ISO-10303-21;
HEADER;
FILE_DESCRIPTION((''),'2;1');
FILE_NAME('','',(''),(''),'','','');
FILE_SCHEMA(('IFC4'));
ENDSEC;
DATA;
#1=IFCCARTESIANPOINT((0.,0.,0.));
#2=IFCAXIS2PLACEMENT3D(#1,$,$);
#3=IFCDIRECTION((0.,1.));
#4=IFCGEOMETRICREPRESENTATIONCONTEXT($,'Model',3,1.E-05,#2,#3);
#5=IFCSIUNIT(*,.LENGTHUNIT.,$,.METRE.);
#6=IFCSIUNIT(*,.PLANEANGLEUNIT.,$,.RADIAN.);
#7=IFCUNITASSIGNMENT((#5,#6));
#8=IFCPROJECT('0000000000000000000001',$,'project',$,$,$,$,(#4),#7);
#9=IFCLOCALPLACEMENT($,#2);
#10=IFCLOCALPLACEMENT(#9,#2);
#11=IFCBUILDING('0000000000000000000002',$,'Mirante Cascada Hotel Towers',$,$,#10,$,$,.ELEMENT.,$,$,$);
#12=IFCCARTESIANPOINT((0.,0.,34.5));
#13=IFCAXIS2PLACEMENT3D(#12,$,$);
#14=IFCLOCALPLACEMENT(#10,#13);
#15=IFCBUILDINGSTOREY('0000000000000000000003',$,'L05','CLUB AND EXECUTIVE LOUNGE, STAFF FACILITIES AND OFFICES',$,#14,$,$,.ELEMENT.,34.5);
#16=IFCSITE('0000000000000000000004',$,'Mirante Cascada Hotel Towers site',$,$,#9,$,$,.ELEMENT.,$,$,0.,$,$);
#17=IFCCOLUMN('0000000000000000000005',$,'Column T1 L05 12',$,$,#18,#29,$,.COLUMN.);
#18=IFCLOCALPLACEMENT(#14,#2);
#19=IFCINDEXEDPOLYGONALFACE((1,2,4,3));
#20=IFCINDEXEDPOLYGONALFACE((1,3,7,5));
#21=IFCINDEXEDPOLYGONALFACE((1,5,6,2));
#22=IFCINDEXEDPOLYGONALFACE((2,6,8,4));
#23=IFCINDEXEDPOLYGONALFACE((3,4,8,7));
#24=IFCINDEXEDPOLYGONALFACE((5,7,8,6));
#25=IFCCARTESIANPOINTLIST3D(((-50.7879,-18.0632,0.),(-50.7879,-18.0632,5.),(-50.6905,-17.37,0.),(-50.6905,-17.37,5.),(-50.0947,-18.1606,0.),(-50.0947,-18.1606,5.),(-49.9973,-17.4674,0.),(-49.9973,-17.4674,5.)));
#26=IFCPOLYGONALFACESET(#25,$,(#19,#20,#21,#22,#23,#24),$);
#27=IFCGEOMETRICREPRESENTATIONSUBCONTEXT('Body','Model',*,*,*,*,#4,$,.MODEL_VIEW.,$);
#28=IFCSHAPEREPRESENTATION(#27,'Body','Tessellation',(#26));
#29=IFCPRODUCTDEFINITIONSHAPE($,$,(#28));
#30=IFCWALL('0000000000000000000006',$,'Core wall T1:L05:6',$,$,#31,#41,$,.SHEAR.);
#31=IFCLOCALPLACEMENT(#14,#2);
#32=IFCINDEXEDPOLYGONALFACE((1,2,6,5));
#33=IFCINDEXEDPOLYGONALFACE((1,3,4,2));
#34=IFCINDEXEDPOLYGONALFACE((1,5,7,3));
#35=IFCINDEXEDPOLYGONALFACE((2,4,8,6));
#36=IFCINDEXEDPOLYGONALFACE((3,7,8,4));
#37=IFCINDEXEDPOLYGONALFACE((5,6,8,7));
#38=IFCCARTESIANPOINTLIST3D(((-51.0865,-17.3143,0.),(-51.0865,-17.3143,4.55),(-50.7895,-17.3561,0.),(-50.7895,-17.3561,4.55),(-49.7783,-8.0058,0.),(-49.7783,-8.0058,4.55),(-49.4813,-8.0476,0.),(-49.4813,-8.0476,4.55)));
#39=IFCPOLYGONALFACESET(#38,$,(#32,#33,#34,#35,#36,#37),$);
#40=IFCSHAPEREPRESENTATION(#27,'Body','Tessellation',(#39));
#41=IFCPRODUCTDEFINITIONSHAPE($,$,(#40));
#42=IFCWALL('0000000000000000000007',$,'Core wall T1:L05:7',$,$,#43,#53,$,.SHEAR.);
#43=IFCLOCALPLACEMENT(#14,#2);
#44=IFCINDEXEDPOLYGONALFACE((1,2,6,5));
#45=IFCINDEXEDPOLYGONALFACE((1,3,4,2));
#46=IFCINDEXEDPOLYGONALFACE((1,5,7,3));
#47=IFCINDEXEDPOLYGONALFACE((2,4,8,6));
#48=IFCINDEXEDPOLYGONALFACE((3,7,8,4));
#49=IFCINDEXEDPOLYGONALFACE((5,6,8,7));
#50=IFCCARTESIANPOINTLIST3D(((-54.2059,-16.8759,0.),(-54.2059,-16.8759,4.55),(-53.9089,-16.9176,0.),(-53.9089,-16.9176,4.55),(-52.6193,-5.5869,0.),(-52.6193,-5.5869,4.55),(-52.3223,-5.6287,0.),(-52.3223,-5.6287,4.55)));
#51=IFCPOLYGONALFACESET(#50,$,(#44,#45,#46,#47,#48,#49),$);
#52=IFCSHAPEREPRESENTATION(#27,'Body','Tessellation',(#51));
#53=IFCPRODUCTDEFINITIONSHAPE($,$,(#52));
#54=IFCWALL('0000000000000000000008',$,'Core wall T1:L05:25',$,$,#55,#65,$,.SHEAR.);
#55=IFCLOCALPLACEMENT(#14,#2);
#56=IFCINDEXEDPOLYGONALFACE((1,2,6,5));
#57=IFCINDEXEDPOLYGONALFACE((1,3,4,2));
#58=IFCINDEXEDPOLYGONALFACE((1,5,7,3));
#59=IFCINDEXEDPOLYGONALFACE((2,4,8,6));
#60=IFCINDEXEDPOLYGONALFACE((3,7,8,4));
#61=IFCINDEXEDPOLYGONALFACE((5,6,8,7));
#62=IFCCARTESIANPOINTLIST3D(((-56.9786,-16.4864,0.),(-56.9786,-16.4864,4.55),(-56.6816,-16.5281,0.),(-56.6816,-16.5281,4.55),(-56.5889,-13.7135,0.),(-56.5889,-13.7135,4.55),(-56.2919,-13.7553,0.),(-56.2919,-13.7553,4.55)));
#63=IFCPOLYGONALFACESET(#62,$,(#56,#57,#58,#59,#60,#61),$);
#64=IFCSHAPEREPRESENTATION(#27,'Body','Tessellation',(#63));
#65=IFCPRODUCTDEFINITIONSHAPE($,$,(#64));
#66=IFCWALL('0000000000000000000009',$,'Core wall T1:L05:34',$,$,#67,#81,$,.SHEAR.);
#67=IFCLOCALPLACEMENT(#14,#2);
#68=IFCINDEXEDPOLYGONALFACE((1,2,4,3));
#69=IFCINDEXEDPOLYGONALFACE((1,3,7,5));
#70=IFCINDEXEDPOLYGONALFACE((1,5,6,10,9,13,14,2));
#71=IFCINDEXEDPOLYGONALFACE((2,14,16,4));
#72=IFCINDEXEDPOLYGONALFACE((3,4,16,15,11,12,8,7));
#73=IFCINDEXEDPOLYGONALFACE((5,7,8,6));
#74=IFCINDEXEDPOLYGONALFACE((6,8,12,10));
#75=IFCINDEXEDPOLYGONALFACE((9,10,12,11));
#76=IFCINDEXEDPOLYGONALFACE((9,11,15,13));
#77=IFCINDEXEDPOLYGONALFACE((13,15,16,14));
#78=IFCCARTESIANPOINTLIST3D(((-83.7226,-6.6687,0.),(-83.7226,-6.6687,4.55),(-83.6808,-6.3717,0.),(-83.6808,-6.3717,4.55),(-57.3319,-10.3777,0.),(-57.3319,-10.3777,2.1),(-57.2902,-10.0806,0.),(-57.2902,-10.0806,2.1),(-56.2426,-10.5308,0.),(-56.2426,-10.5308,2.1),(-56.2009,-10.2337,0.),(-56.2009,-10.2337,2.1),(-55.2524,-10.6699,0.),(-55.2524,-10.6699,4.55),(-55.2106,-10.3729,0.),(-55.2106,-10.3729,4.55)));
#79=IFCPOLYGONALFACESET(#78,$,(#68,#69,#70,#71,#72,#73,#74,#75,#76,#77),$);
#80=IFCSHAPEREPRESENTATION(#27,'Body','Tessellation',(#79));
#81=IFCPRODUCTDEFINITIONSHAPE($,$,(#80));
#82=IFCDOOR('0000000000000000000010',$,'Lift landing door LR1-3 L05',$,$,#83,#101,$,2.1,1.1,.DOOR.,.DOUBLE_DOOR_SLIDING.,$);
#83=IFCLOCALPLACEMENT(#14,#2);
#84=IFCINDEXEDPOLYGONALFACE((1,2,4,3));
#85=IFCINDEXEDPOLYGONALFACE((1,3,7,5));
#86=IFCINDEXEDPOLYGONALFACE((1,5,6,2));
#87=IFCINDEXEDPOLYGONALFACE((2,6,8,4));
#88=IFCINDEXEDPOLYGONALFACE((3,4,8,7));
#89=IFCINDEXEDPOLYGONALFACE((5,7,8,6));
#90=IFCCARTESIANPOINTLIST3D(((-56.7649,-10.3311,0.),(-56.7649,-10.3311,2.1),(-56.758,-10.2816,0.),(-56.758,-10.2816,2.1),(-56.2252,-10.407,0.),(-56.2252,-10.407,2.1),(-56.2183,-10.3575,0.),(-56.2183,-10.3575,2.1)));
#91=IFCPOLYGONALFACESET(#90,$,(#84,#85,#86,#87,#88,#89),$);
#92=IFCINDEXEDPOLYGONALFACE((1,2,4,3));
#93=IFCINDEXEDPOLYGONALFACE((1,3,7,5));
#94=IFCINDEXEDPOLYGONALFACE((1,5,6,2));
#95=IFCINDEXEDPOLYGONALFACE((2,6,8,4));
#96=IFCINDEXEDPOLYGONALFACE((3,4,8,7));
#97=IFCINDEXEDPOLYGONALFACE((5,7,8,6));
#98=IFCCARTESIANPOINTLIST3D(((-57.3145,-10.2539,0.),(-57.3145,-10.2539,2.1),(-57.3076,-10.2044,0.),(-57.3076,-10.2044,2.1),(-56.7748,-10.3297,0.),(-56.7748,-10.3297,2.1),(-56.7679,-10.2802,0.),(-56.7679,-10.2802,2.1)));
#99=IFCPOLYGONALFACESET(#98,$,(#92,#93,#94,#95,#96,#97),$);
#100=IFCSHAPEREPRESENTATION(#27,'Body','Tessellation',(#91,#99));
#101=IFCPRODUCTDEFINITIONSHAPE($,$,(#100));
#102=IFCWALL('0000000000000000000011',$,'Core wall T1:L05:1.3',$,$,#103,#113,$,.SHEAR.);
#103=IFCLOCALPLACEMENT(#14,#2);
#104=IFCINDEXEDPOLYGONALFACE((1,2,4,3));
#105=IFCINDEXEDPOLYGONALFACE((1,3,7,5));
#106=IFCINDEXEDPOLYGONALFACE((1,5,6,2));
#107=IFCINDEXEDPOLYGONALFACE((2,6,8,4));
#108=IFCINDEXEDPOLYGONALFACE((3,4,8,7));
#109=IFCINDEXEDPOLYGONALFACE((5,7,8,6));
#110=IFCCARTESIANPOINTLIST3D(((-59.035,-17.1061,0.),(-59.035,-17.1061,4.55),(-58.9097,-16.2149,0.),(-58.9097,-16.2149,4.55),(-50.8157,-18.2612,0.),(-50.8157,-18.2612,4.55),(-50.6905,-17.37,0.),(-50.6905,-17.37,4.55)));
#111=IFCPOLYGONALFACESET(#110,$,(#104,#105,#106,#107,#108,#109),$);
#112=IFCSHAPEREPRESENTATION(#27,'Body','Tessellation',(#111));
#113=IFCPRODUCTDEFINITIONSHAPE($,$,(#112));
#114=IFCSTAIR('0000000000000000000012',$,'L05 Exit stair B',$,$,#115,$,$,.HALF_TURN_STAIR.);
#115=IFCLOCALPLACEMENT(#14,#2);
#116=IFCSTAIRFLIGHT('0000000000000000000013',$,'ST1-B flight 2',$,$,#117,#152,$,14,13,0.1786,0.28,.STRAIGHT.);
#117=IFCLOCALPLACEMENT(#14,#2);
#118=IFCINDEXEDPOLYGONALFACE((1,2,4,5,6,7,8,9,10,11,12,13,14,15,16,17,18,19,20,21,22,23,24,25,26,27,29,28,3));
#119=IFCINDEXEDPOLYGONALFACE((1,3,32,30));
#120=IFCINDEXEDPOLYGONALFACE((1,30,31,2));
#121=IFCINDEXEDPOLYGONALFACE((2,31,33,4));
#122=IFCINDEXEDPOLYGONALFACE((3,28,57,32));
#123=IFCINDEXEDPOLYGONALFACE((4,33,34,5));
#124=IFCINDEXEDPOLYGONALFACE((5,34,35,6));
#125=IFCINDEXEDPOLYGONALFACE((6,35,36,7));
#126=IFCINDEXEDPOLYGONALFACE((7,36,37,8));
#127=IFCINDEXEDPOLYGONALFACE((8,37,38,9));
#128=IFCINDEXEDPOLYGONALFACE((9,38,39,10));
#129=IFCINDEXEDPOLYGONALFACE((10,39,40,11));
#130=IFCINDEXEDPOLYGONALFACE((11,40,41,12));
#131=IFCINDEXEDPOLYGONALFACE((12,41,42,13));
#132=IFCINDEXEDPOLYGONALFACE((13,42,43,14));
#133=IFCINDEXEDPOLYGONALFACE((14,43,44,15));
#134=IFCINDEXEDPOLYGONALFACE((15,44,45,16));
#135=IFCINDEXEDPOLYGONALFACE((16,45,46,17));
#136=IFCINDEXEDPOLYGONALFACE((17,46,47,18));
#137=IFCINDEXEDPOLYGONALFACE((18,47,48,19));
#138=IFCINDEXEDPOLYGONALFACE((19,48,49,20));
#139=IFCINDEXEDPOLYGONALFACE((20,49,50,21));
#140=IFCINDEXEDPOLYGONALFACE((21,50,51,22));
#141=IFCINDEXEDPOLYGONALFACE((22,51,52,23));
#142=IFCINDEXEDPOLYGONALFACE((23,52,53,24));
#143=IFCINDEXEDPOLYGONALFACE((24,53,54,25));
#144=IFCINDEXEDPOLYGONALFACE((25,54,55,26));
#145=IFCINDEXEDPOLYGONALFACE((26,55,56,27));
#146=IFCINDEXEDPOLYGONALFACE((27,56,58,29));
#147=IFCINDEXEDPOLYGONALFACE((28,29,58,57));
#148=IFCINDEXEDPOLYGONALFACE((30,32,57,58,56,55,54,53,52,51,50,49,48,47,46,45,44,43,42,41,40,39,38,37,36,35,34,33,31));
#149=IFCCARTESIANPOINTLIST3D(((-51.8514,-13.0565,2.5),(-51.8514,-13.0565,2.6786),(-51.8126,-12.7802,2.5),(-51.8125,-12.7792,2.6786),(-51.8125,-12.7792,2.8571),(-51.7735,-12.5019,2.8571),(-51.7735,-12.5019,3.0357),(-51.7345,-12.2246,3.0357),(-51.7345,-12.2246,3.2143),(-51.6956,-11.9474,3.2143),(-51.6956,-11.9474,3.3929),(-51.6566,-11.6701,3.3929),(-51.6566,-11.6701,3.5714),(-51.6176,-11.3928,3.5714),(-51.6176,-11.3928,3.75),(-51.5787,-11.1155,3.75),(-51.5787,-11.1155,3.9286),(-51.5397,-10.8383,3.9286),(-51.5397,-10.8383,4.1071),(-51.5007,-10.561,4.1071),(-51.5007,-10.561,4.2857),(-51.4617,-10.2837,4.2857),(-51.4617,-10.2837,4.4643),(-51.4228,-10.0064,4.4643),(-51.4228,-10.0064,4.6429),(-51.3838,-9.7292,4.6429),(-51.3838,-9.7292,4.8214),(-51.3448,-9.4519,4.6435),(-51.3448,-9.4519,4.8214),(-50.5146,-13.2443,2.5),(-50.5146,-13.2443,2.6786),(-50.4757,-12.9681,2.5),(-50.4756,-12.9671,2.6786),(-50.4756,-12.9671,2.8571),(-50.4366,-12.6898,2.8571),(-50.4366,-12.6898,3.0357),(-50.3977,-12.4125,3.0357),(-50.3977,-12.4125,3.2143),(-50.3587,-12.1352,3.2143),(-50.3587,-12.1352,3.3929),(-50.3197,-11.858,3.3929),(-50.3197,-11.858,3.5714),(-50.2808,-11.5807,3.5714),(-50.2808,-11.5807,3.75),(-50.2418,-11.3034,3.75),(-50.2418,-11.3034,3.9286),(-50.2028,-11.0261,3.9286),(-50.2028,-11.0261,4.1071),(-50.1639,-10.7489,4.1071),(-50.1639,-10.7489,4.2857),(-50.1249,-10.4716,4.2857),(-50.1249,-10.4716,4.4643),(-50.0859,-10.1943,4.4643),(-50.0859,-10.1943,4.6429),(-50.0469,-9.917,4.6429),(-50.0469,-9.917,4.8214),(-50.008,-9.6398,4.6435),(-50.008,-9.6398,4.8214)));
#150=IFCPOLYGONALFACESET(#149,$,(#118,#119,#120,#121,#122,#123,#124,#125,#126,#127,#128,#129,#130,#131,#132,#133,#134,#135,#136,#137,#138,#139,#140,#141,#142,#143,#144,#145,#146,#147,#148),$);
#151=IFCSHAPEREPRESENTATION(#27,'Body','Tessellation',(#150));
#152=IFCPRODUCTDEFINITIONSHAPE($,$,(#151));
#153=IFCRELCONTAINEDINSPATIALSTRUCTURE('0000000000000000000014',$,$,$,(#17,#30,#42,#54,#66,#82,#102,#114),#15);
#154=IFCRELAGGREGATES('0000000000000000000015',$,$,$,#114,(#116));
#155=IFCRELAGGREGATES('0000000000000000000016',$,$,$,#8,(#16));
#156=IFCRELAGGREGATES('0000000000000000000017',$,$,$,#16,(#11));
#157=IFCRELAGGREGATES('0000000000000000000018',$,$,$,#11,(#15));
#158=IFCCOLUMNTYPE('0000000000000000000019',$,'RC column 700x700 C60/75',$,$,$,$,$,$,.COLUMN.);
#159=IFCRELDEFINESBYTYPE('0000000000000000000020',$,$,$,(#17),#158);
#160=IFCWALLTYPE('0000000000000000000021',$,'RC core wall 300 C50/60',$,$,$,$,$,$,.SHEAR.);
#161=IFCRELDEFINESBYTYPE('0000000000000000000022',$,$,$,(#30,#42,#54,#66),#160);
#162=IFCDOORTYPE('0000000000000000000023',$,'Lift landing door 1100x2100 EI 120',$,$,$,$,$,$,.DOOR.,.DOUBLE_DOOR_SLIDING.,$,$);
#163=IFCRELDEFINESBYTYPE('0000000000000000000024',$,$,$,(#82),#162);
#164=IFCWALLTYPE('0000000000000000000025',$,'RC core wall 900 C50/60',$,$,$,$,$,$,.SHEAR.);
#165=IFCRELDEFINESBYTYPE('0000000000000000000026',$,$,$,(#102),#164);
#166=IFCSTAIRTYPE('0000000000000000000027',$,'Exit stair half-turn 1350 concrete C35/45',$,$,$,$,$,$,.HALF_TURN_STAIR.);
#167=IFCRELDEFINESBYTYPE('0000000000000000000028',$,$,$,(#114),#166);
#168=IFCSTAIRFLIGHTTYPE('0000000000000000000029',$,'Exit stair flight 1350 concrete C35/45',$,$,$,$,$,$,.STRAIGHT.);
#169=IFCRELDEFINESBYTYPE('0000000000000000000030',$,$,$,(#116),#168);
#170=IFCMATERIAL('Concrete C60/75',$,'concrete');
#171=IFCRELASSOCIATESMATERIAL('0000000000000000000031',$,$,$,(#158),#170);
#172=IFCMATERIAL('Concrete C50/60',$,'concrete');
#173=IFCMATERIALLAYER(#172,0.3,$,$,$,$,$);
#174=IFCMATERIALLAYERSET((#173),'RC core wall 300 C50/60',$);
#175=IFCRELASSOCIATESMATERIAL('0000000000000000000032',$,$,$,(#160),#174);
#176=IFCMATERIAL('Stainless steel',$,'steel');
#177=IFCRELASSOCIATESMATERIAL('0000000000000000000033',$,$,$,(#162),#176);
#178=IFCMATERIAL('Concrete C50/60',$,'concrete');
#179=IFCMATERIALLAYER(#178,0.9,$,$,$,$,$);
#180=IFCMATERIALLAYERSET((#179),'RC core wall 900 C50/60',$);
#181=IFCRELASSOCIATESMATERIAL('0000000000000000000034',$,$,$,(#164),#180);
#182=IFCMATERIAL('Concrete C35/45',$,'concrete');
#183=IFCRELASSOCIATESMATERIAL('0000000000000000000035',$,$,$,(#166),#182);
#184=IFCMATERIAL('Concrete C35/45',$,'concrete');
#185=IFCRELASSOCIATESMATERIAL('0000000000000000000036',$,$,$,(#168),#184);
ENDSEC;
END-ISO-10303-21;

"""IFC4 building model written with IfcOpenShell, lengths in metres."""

from ifc_helpers import new_model, si_unit, direction, frame, frame_2d, origin, origin_2d, place, context, subcontext, project, spatial, polyline, rectangle, outline, extrude, material, layer, layer_set, material_profile, profile_set, type_object, element, fill, aggregate, save


model = new_model("IFC4")

# Units and contexts
model_context = context("Model", 3, precision=1e-05, world=origin(), true_north=direction((0.0, 1.0)))
body_context = subcontext(model_context, "Body", "Model", "MODEL_VIEW")
ifc_project = project(units=[si_unit("LENGTHUNIT", "METRE"), si_unit("PLANEANGLEUNIT", "RADIAN")], contexts=[model_context])

# Site, building, storey
site_placement = place(None, origin())
site = spatial("IfcSite", under=ifc_project, at=site_placement, Name="Mirante Cascada Hotel Towers site", CompositionType="ELEMENT", RefElevation=0.0)
building_placement = place(site_placement, origin())
building = spatial("IfcBuilding", under=site, at=building_placement, Name="Mirante Cascada Hotel Towers", CompositionType="ELEMENT")
storey_placement = place(building_placement, frame((0.0, 0.0, 34.5)))
storey = spatial("IfcBuildingStorey", under=building, at=storey_placement, Name="L05", Description="CLUB AND EXECUTIVE LOUNGE, STAFF FACILITIES AND OFFICES", CompositionType="ELEMENT", Elevation=34.5)

# Column
ifc_material_1 = material(Name="Concrete C60/75", Category="concrete")
ifc_material_profile = material_profile(ifc_material_1, rectangle(XDim=0.7, YDim=0.7, at=origin_2d()), Name="RC column 700x700 C60/75")
ifc_profile_set = profile_set([ifc_material_profile], Name="Concrete C60/75")
column_type = type_object("IfcColumnType", Name="RC column 700x700 C60/75", PredefinedType="COLUMN", material=ifc_profile_set)
column_placement = place(storey_placement, frame((-50.3926, -17.7653, 0.0), z_axis=(0.0, 0.0, 1.0), x_axis=(-0.990268, 0.139173, 0.0)))
element("IfcColumn", 1, at=column_placement, inside=storey, type_object=column_type, Name="Column T1 L05 12", PredefinedType="COLUMN", context=body_context, shape_type="SweptSolid", body=[
    extrude(rectangle(XDim=0.7, YDim=0.7, at=origin_2d()), origin(), (0.0, 0.0, 1.0), 5.0),
])

# Walls
ifc_material_2 = material(Name="Concrete C50/60", Category="concrete")
ifc_layer_1 = layer(ifc_material_2, 0.3)
ifc_layer_set_1 = layer_set([ifc_layer_1], Name="RC core wall 300 C50/60")
wall_type_1 = type_object("IfcWallType", Name="RC core wall 300 C50/60", PredefinedType="SHEAR", material=ifc_layer_set_1)
wall_1_placement = place(storey_placement, frame((-50.938, -17.3352, 0.0), z_axis=(0.0, 0.0, 1.0), x_axis=(0.139171, 0.990268, 0.0)))
element("IfcWall", 2, at=wall_1_placement, inside=storey, type_object=wall_type_1, Name="Core wall T1:L05:6", PredefinedType="SHEAR", context=body_context, shape_type="SweptSolid", body=[
    extrude(rectangle(XDim=9.4, YDim=0.3, at=frame_2d((4.7, 0.0))), origin(), (0.0, 0.0, 1.0), 4.55),
])
wall_2_placement = place(storey_placement, frame((-54.0574, -16.8968, 0.0), z_axis=(0.0, 0.0, 1.0), x_axis=(0.139176, 0.990268, 0.0)))
element("IfcWall", 3, at=wall_2_placement, inside=storey, type_object=wall_type_1, Name="Core wall T1:L05:7", PredefinedType="SHEAR", context=body_context, shape_type="SweptSolid", body=[
    extrude(rectangle(XDim=11.3999, YDim=0.3, at=frame_2d((5.7, 0.0))), origin(), (0.0, 0.0, 1.0), 4.55),
])

# Shared definitions
ifc_material_3 = material(Name="Stainless steel", Category="steel")
door_type_1 = type_object("IfcDoorType", Name="Lift landing door 1100x2100 EI 120", OperationType="DOUBLE_DOOR_SLIDING", PredefinedType="DOOR", material=ifc_material_3)

# Wall
wall_3_placement = place(storey_placement, frame((-56.8301, -16.5072, 0.0), z_axis=(0.0, 0.0, 1.0), x_axis=(0.139176, 0.990268, 0.0)))
element("IfcWall", 4, at=wall_3_placement, inside=storey, type_object=wall_type_1, Name="Core wall T1:L05:25", PredefinedType="SHEAR", context=body_context, shape_type="SweptSolid", body=[
    extrude(rectangle(XDim=2.8001, YDim=0.3, at=frame_2d((1.4, 0.0))), origin(), (0.0, 0.0, 1.0), 4.55),
])

# Wall, opening, door
wall_4_placement = place(storey_placement, frame((-55.2315, -10.5214, 0.0), z_axis=(0.0, 0.0, 1.0), x_axis=(-0.990268, 0.139172, 0.0)))
wall_4 = element("IfcWall", 5, at=wall_4_placement, inside=storey, type_object=wall_type_1, Name="Core wall T1:L05:34", PredefinedType="SHEAR", context=body_context, shape_type="SweptSolid", body=[
    extrude(rectangle(XDim=28.75, YDim=0.3, at=frame_2d((14.375, 0.0))), origin(), (0.0, 0.0, 1.0), 4.55),
])
opening_1_placement = place(wall_4_placement, frame((1.0, 0.0, 0.0)))
opening_1 = element("IfcOpeningElement", 6, at=opening_1_placement, cuts=wall_4, PredefinedType="OPENING", context=body_context, shape_type="SweptSolid", body=[
    extrude(rectangle(XDim=1.1, YDim=2.1, at=frame_2d((0.55, 1.05))), frame((0.0, 0.15, 0.0), z_axis=(0.0, -1.0, 0.0), x_axis=(1.0, 0.0, 0.0)), (0.0, 0.0, 1.0), 0.3),
])
door_1_placement = place(opening_1_placement, origin())
door_1 = element("IfcDoor", 7, at=door_1_placement, inside=storey, type_object=door_type_1, Name="Lift landing door LR1-3 L05", OperationType="DOUBLE_DOOR_SLIDING", OverallHeight=2.1, OverallWidth=1.1, PredefinedType="DOOR", context=body_context, shape_type="SweptSolid", body=[
    extrude(rectangle(XDim=0.545, YDim=2.1, at=frame_2d((0.2725, 1.05))), frame((0.0, 0.025, 0.0), z_axis=(0.0, -1.0, 0.0), x_axis=(1.0, 0.0, 0.0)), (0.0, 0.0, 1.0), 0.05),
    extrude(rectangle(XDim=0.545, YDim=2.1, at=frame_2d((0.8275, 1.05))), frame((0.0, 0.025, 0.0), z_axis=(0.0, -1.0, 0.0), x_axis=(1.0, 0.0, 0.0)), (0.0, 0.0, 1.0), 0.05),
])
fill(opening_1, door_1)

# Wall
ifc_material_4 = material(Name="Concrete C50/60", Category="concrete")
ifc_layer_2 = layer(ifc_material_4, 0.9)
ifc_layer_set_2 = layer_set([ifc_layer_2], Name="RC core wall 900 C50/60")
wall_type_2 = type_object("IfcWallType", Name="RC core wall 900 C50/60", PredefinedType="SHEAR", material=ifc_layer_set_2)
wall_5_placement = place(storey_placement, frame((-50.7531, -17.8156, 0.0), z_axis=(0.0, 0.0, 1.0), x_axis=(-0.990269, 0.139169, 0.0)))
element("IfcWall", 8, at=wall_5_placement, inside=storey, type_object=wall_type_2, Name="Core wall T1:L05:1.3", PredefinedType="SHEAR", context=body_context, shape_type="SweptSolid", body=[
    extrude(rectangle(XDim=8.3, YDim=0.9, at=frame_2d((4.15, 0.0))), origin(), (0.0, 0.0, 1.0), 4.55),
])

# Stair, stair flight
ifc_material_5 = material(Name="Concrete C35/45", Category="concrete")
stair_type = type_object("IfcStairType", Name="Exit stair half-turn 1350 concrete C35/45", PredefinedType="HALF_TURN_STAIR", material=ifc_material_5)
stair_placement = place(storey_placement, origin())
stair = element("IfcStair", 9, at=stair_placement, inside=storey, type_object=stair_type, Name="L05 Exit stair B", PredefinedType="HALF_TURN_STAIR")
ifc_material_6 = material(Name="Concrete C35/45", Category="concrete")
stair_flight_type = type_object("IfcStairFlightType", Name="Exit stair flight 1350 concrete C35/45", PredefinedType="STRAIGHT", material=ifc_material_6)
stair_flight_placement = place(storey_placement, frame((-51.183, -13.1504, 2.5), z_axis=(0.0, 0.0, 1.0), x_axis=(0.139173, 0.990268, 0.0)))
stair_flight = element("IfcStairFlight", 10, at=stair_flight_placement, type_object=stair_flight_type, Name="ST1-B flight 2", NumberOfRisers=14, NumberOfTreads=13, PredefinedType="STRAIGHT", RiserHeight=0.1786, TreadLength=0.28, context=body_context, shape_type="SweptSolid", body=[
    extrude(outline(polyline([(0.0, 0.0), (0.0, 0.1786), (0.28, 0.1786), (0.28, 0.3571), (0.56, 0.3571), (0.56, 0.5357), (0.84, 0.5357), (0.84, 0.7143), (1.12, 0.7143), (1.12, 0.8929), (1.4, 0.8929), (1.4, 1.0714), (1.68, 1.0714), (1.68, 1.25), (1.96, 1.25), (1.96, 1.4286), (2.24, 1.4286), (2.24, 1.6071), (2.52, 1.6071), (2.52, 1.7857), (2.8, 1.7857), (2.8, 1.9643), (3.08, 1.9643), (3.08, 2.1429), (3.36, 2.1429), (3.36, 2.3214), (3.64, 2.3214), (3.64, 2.5), (3.64, 2.1435), (0.279, 0.0), (0.0, 0.0)])), frame((0.0, 0.675, 0.0), z_axis=(0.0, -1.0, 0.0), x_axis=(1.0, 0.0, 0.0)), (0.0, 0.0, 1.0), 1.35),
])
aggregate(stair, [stair_flight])

save(model, "model.ifc")
